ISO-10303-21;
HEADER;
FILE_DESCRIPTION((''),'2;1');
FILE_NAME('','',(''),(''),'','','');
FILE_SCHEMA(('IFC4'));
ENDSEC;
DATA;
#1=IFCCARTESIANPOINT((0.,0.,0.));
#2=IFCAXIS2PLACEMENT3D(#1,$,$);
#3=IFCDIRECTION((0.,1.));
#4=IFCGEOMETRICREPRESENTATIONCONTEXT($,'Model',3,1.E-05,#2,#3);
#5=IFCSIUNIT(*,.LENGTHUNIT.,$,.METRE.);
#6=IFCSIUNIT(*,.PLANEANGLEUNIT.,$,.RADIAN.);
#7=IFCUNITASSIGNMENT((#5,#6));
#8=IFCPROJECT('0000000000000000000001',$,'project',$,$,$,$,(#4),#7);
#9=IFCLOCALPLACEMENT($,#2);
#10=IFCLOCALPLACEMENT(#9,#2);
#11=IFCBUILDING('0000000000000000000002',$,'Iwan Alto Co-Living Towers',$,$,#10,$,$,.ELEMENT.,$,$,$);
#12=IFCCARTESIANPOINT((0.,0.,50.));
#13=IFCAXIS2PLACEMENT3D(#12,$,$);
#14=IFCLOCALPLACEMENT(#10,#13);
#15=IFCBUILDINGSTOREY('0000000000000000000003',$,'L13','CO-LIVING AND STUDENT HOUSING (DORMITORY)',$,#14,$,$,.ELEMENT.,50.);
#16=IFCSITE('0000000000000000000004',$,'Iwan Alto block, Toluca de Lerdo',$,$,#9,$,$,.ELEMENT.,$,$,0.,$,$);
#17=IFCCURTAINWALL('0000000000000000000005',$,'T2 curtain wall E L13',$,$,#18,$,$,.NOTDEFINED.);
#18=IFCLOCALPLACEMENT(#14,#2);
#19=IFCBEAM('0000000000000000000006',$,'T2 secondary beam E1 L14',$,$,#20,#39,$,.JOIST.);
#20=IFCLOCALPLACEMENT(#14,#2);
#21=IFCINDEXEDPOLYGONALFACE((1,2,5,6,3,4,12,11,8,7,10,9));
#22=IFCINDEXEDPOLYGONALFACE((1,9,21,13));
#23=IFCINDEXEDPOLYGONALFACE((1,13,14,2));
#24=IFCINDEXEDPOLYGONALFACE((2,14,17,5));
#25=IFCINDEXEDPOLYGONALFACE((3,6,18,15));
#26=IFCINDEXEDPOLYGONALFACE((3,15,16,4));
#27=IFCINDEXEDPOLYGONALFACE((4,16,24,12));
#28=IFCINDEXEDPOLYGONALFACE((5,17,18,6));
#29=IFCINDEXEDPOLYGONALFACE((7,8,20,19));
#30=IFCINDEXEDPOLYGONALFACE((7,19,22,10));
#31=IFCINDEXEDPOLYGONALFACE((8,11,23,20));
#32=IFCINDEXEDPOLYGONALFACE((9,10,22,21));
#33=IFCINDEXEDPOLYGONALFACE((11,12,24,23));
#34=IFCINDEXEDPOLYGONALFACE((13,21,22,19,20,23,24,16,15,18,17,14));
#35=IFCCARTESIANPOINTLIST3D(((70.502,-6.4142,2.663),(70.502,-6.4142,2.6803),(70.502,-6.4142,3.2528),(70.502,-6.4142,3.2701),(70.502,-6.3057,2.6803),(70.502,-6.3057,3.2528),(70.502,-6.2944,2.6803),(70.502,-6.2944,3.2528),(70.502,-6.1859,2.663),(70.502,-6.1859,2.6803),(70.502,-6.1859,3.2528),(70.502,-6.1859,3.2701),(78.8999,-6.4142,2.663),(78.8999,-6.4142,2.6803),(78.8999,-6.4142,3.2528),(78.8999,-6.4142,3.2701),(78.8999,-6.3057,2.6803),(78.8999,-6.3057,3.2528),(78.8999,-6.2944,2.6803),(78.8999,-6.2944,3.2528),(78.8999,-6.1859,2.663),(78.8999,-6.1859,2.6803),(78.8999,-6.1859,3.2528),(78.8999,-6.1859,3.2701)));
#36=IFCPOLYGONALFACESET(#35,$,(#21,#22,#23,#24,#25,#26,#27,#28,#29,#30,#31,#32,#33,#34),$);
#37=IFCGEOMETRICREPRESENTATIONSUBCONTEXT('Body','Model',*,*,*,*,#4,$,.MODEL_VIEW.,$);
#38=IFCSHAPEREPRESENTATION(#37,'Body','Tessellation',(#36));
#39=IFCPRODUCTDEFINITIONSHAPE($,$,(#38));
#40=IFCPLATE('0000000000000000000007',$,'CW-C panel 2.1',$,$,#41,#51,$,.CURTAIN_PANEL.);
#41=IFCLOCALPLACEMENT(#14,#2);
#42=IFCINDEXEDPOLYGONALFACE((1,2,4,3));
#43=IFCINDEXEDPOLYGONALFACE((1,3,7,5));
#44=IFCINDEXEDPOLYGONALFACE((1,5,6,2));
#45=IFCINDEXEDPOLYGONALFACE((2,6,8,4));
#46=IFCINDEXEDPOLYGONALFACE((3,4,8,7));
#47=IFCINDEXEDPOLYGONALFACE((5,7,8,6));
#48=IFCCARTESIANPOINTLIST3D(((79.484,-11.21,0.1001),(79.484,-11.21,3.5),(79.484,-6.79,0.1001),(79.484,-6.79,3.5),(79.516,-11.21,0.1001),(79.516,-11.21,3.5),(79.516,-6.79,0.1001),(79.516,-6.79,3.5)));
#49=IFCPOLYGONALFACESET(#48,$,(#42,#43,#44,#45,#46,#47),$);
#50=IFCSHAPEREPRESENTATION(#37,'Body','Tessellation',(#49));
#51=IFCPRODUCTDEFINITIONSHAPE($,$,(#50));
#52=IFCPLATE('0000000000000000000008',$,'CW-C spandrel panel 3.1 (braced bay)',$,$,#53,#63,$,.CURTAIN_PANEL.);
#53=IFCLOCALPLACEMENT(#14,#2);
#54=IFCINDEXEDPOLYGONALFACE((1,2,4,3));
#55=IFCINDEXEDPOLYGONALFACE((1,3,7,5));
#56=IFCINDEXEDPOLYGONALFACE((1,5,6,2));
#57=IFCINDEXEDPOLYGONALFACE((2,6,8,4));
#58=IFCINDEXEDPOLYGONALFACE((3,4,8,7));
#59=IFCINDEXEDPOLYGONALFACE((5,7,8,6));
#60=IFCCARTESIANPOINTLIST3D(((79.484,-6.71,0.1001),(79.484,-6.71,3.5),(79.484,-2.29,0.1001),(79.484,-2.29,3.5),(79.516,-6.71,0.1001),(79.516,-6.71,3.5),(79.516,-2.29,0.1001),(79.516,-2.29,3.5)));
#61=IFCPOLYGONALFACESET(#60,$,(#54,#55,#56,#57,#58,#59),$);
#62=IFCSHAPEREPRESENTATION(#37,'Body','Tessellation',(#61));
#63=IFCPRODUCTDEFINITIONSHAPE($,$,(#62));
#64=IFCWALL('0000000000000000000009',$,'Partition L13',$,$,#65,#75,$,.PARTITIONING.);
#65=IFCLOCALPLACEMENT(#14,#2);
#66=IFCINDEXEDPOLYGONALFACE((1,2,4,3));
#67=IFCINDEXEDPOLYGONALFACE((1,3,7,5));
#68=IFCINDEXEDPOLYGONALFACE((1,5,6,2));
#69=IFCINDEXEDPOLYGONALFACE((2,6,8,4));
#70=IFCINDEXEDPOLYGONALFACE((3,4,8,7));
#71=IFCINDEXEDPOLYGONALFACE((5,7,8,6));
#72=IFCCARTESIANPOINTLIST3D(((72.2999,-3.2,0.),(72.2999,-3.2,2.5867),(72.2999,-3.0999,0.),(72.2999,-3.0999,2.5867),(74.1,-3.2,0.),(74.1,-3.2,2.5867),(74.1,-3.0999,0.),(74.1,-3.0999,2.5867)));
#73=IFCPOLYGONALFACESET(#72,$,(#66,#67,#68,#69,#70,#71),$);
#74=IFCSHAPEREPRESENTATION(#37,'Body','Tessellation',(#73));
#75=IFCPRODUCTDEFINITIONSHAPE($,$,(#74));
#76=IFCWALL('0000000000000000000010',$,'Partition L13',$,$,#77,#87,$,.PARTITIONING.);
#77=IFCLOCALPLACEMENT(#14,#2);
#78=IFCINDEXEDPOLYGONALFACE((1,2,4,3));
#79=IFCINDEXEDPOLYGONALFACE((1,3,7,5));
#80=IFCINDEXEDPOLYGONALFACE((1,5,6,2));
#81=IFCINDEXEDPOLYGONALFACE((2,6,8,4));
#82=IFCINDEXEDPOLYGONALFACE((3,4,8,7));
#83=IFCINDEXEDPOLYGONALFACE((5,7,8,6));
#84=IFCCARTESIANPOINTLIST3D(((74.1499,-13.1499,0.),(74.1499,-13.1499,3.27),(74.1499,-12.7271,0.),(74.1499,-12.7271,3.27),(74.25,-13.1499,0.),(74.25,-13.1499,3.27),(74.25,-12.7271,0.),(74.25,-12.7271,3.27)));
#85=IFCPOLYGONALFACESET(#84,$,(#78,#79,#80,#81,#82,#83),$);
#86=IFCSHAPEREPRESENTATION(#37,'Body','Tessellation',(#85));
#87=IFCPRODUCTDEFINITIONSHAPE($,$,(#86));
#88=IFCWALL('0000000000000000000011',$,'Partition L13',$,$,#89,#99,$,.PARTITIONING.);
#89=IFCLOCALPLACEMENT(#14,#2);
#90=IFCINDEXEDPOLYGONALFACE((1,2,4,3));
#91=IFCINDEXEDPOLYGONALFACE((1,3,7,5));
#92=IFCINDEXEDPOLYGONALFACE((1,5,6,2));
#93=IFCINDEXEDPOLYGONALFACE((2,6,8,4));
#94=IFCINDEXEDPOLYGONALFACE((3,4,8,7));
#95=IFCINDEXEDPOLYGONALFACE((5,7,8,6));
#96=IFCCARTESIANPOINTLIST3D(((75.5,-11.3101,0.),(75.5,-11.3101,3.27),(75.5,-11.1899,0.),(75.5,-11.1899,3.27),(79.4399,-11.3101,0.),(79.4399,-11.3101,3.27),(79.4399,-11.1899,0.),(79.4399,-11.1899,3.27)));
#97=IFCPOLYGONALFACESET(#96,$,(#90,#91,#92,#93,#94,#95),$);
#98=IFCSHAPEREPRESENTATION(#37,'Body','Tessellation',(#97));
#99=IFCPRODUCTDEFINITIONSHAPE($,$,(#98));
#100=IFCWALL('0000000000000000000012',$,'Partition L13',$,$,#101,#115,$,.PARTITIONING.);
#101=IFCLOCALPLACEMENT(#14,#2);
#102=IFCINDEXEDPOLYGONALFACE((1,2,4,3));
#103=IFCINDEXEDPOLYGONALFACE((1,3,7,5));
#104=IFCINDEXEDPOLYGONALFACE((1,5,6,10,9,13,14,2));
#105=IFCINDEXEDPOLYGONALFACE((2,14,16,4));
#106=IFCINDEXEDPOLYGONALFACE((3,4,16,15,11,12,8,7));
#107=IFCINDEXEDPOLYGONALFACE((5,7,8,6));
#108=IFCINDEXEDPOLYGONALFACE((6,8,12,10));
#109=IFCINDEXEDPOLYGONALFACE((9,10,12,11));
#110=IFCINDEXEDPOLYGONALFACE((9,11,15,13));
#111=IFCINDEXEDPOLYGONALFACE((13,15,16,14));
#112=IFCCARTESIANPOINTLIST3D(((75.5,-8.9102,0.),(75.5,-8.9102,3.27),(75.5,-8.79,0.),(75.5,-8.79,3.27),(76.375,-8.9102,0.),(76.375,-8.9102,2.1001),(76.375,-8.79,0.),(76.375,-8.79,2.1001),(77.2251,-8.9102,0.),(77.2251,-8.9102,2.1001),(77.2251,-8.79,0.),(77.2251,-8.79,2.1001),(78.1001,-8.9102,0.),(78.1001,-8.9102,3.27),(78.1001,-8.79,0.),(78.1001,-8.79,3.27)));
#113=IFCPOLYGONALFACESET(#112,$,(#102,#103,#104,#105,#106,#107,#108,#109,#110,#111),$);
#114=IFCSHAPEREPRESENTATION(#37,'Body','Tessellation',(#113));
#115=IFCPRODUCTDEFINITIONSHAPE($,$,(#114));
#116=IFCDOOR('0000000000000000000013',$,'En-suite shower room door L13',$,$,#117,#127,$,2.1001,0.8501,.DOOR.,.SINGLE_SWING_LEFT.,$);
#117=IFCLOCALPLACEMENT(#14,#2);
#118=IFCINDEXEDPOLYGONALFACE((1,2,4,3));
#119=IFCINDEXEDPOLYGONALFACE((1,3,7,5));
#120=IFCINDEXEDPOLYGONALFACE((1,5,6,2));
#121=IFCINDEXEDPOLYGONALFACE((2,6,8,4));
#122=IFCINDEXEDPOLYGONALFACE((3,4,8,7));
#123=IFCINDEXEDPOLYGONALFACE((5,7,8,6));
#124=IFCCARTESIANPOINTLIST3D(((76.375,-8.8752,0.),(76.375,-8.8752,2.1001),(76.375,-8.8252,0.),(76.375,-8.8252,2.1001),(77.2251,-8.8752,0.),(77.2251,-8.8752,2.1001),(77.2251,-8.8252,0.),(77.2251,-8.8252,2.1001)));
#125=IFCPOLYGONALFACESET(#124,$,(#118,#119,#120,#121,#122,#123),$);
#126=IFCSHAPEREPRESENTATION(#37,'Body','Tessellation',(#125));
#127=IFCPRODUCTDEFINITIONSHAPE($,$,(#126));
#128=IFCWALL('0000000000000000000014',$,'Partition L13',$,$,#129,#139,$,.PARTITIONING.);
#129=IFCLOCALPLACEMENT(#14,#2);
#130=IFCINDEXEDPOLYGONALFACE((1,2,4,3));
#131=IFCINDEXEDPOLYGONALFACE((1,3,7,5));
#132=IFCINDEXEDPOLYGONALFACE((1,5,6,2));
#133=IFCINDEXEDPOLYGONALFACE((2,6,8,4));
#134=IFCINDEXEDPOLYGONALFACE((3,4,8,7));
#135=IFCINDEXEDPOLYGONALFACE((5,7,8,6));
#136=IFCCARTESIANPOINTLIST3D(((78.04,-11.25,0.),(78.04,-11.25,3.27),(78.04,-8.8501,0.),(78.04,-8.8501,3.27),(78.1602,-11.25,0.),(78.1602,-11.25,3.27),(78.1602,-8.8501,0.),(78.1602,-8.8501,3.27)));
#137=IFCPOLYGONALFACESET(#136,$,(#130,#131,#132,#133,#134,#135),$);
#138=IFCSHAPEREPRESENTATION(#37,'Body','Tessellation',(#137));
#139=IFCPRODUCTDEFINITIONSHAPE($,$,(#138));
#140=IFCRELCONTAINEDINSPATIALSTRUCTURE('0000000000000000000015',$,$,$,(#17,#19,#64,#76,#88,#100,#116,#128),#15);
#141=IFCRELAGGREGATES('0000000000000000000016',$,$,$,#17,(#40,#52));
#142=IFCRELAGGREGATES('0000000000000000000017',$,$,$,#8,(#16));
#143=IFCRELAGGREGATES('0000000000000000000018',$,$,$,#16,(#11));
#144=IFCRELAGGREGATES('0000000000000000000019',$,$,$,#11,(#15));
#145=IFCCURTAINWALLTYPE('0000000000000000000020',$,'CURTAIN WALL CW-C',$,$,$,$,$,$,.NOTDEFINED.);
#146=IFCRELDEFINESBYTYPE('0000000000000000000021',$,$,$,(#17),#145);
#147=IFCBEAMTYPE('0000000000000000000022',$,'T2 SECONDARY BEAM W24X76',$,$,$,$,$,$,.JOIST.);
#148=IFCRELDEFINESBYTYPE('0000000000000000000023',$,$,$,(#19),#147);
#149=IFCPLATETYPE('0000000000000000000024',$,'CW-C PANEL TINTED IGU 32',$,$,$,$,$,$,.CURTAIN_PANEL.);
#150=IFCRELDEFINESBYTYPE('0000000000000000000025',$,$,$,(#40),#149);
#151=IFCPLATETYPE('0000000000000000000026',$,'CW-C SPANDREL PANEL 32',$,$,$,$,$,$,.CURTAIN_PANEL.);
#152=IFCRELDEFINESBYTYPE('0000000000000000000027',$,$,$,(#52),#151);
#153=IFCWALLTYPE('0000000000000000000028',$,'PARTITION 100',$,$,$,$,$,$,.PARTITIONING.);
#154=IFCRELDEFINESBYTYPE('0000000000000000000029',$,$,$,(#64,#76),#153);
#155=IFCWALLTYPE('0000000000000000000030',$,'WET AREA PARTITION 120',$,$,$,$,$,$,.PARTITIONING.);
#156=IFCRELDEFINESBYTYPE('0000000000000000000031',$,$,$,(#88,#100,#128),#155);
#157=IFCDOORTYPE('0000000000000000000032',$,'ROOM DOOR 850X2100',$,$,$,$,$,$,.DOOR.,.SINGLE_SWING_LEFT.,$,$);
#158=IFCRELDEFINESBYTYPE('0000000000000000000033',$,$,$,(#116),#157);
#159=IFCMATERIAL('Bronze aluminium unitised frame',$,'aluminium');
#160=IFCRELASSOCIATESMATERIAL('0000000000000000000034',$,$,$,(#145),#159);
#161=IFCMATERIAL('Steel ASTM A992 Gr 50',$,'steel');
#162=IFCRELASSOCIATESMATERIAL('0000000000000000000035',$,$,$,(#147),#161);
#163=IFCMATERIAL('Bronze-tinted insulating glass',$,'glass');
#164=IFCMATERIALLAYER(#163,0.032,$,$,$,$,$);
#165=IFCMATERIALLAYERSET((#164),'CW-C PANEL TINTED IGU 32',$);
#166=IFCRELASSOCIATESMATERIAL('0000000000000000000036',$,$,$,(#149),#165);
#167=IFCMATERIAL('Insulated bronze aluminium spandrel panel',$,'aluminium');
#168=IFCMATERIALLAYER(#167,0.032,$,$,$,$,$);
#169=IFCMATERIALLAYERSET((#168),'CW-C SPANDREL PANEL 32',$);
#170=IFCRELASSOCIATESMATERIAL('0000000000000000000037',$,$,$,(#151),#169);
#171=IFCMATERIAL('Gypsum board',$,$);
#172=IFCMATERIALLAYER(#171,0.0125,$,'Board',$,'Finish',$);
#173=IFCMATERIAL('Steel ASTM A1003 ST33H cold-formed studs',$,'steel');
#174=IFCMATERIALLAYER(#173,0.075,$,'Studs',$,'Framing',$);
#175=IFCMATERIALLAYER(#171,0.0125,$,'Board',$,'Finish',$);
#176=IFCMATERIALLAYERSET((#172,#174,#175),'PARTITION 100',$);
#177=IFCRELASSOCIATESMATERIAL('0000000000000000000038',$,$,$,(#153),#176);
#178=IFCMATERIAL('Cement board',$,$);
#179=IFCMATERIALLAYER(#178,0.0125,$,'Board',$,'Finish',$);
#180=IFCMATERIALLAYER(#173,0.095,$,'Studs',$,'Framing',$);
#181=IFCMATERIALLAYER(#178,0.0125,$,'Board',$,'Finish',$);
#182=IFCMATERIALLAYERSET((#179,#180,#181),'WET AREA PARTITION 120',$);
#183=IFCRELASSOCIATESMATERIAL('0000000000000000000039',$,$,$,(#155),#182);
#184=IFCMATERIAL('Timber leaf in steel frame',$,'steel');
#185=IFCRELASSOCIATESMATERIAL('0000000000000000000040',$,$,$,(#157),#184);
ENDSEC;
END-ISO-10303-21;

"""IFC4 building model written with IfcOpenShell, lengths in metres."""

from ifc_helpers import new_model, si_unit, direction, frame, frame_2d, origin, origin_2d, place, context, subcontext, project, spatial, rectangle, i_section, extrude, material, layer, layer_set, material_profile, profile_set, type_object, element, fill, aggregate, save


model = new_model("IFC4")

# Units and contexts
model_context = context("Model", 3, precision=1e-05, world=origin(), true_north=direction((0.0, 1.0)))
body_context = subcontext(model_context, "Body", "Model", "MODEL_VIEW")
ifc_project = project(units=[si_unit("LENGTHUNIT", "METRE"), si_unit("PLANEANGLEUNIT", "RADIAN")], contexts=[model_context])

# Site, building, storey
site_placement = place(None, origin())
site = spatial("IfcSite", under=ifc_project, at=site_placement, Name="Iwan Alto block, Toluca de Lerdo", CompositionType="ELEMENT", RefElevation=0.0)
building_placement = place(site_placement, origin())
building = spatial("IfcBuilding", under=site, at=building_placement, Name="Iwan Alto Co-Living Towers", CompositionType="ELEMENT")
storey_placement = place(building_placement, frame((0.0, 0.0, 50.0)))
storey = spatial("IfcBuildingStorey", under=building, at=storey_placement, Name="L13", Description="CO-LIVING AND STUDENT HOUSING (DORMITORY)", CompositionType="ELEMENT", Elevation=50.0)

# Curtain wall
ifc_material_1 = material(Name="Bronze aluminium unitised frame", Category="aluminium")
curtain_wall_type = type_object("IfcCurtainWallType", Name="CURTAIN WALL CW-C", PredefinedType="NOTDEFINED", material=ifc_material_1)
curtain_wall_placement = place(storey_placement, origin())
curtain_wall = element("IfcCurtainWall", 1, at=curtain_wall_placement, inside=storey, type_object=curtain_wall_type, Name="T2 curtain wall E L13", PredefinedType="NOTDEFINED")

# Beam
ifc_material_2 = material(Name="Steel ASTM A992 Gr 50", Category="steel")
ifc_material_profile_1 = material_profile(ifc_material_2, i_section(OverallWidth=0.2283, OverallDepth=0.6072, WebThickness=0.0112, FlangeThickness=0.0173, at=origin_2d()), Name="W24X76")
ifc_profile_set_1 = profile_set([ifc_material_profile_1], Name="Steel ASTM A992 Gr 50")
beam_type_1 = type_object("IfcBeamType", Name="T2 SECONDARY BEAM W24X76", PredefinedType="JOIST", material=ifc_profile_set_1)
beam_1_placement = place(storey_placement, frame((78.8999, -6.3, 2.9666), z_axis=(-1.0, 0.0, 0.0), x_axis=(0.0, -1.0, 0.0)))
element("IfcBeam", 2, at=beam_1_placement, inside=storey, type_object=beam_type_1, Name="T2 secondary beam E1 L14", PredefinedType="JOIST", context=body_context, shape_type="SweptSolid", body=[
    extrude(i_section(OverallWidth=0.2283, OverallDepth=0.6072, WebThickness=0.0112, FlangeThickness=0.0173, at=origin_2d()), origin(), (0.0, 0.0, 1.0), 8.3979),
])

# Plates
ifc_material_3 = material(Name="Bronze-tinted insulating glass", Category="glass")
ifc_layer_1 = layer(ifc_material_3, 0.032)
ifc_layer_set_1 = layer_set([ifc_layer_1], Name="CW-C PANEL TINTED IGU 32")
plate_type_1 = type_object("IfcPlateType", Name="CW-C PANEL TINTED IGU 32", PredefinedType="CURTAIN_PANEL", material=ifc_layer_set_1)
plate_1_placement = place(storey_placement, frame((79.5, -9.0, 0.1001), z_axis=(0.0, 0.0, 1.0), x_axis=(0.0, 1.0, 0.0)))
plate_1 = element("IfcPlate", 3, at=plate_1_placement, type_object=plate_type_1, Name="CW-C panel 2.1", PredefinedType="CURTAIN_PANEL", context=body_context, shape_type="SweptSolid", body=[
    extrude(rectangle(XDim=4.4199, YDim=0.032, at=origin_2d()), origin(), (0.0, 0.0, 1.0), 3.3999),
])
ifc_material_4 = material(Name="Insulated bronze aluminium spandrel panel", Category="aluminium")
ifc_layer_2 = layer(ifc_material_4, 0.032)
ifc_layer_set_2 = layer_set([ifc_layer_2], Name="CW-C SPANDREL PANEL 32")
plate_type_2 = type_object("IfcPlateType", Name="CW-C SPANDREL PANEL 32", PredefinedType="CURTAIN_PANEL", material=ifc_layer_set_2)
plate_2_placement = place(storey_placement, frame((79.5, -4.5, 0.1001), z_axis=(0.0, 0.0, 1.0), x_axis=(0.0, 1.0, 0.0)))
plate_2 = element("IfcPlate", 4, at=plate_2_placement, type_object=plate_type_2, Name="CW-C spandrel panel 3.1 (braced bay)", PredefinedType="CURTAIN_PANEL", context=body_context, shape_type="SweptSolid", body=[
    extrude(rectangle(XDim=4.4199, YDim=0.032, at=origin_2d()), origin(), (0.0, 0.0, 1.0), 3.3999),
])
aggregate(curtain_wall, [plate_1, plate_2])

# Walls
ifc_material_5 = material(Name="Gypsum board")
ifc_layer_3 = layer(ifc_material_5, 0.0125, Name="Board", Category="Finish")
ifc_material_6 = material(Name="Steel ASTM A1003 ST33H cold-formed studs", Category="steel")
ifc_layer_4 = layer(ifc_material_6, 0.075, Name="Studs", Category="Framing")
ifc_layer_5 = layer(ifc_material_5, 0.0125, Name="Board", Category="Finish")
ifc_layer_set_3 = layer_set([ifc_layer_3, ifc_layer_4, ifc_layer_5], Name="PARTITION 100")
wall_type_1 = type_object("IfcWallType", Name="PARTITION 100", PredefinedType="PARTITIONING", material=ifc_layer_set_3)
wall_1_placement = place(storey_placement, frame((72.3, -3.1499, 0.0), z_axis=(0.0, 0.0, 1.0), x_axis=(1.0, 0.0, 0.0)))
element("IfcWall", 5, at=wall_1_placement, inside=storey, type_object=wall_type_1, Name="Partition L13", PredefinedType="PARTITIONING", context=body_context, shape_type="SweptSolid", body=[
    extrude(rectangle(XDim=1.8, YDim=0.1001, at=frame_2d((0.8999, 0.0))), origin(), (0.0, 0.0, 1.0), 2.5867),
])
wall_2_placement = place(storey_placement, frame((74.2, -13.1499, 0.0), z_axis=(0.0, 0.0, 1.0), x_axis=(0.0, 1.0, 0.0)))
element("IfcWall", 6, at=wall_2_placement, inside=storey, type_object=wall_type_1, Name="Partition L13", PredefinedType="PARTITIONING", context=body_context, shape_type="SweptSolid", body=[
    extrude(rectangle(XDim=0.4229, YDim=0.1001, at=frame_2d((0.2114, 0.0))), origin(), (0.0, 0.0, 1.0), 3.27),
])
ifc_material_7 = material(Name="Cement board")
ifc_layer_6 = layer(ifc_material_7, 0.0125, Name="Board", Category="Finish")
ifc_layer_7 = layer(ifc_material_6, 0.095, Name="Studs", Category="Framing")
ifc_layer_8 = layer(ifc_material_7, 0.0125, Name="Board", Category="Finish")
ifc_layer_set_4 = layer_set([ifc_layer_6, ifc_layer_7, ifc_layer_8], Name="WET AREA PARTITION 120")
wall_type_2 = type_object("IfcWallType", Name="WET AREA PARTITION 120", PredefinedType="PARTITIONING", material=ifc_layer_set_4)
wall_3_placement = place(storey_placement, frame((75.5, -11.25, 0.0), z_axis=(0.0, 0.0, 1.0), x_axis=(1.0, 0.0, 0.0)))
element("IfcWall", 7, at=wall_3_placement, inside=storey, type_object=wall_type_2, Name="Partition L13", PredefinedType="PARTITIONING", context=body_context, shape_type="SweptSolid", body=[
    extrude(rectangle(XDim=3.9399, YDim=0.1201, at=frame_2d((1.97, 0.0))), origin(), (0.0, 0.0, 1.0), 3.27),
])

# Wall, opening, door
wall_4_placement = place(storey_placement, frame((75.5, -8.8501, 0.0), z_axis=(0.0, 0.0, 1.0), x_axis=(1.0, 0.0, 0.0)))
wall_4 = element("IfcWall", 8, at=wall_4_placement, inside=storey, type_object=wall_type_2, Name="Partition L13", PredefinedType="PARTITIONING", context=body_context, shape_type="SweptSolid", body=[
    extrude(rectangle(XDim=2.6001, YDim=0.1201, at=frame_2d((1.3, 0.0))), origin(), (0.0, 0.0, 1.0), 3.27),
])
opening_1_placement = place(wall_4_placement, frame((0.875, 0.0, 0.0)))
opening_1 = element("IfcOpeningElement", 9, at=opening_1_placement, cuts=wall_4, PredefinedType="OPENING", context=body_context, shape_type="SweptSolid", body=[
    extrude(rectangle(XDim=0.8501, YDim=2.1001, at=frame_2d((0.425, 1.05))), frame((0.0, 0.0701, 0.0), z_axis=(0.0, -1.0, 0.0), x_axis=(1.0, 0.0, 0.0)), (0.0, 0.0, 1.0), 0.1401),
])
ifc_material_8 = material(Name="Timber leaf in steel frame", Category="steel")
door_type = type_object("IfcDoorType", Name="ROOM DOOR 850X2100", OperationType="SINGLE_SWING_LEFT", PredefinedType="DOOR", material=ifc_material_8)
door_1_placement = place(opening_1_placement, origin())
door_1 = element("IfcDoor", 10, at=door_1_placement, inside=storey, type_object=door_type, Name="En-suite shower room door L13", OperationType="SINGLE_SWING_LEFT", OverallHeight=2.1001, OverallWidth=0.8501, PredefinedType="DOOR", context=body_context, shape_type="SweptSolid", body=[
    extrude(rectangle(XDim=0.8501, YDim=2.1001, at=frame_2d((0.425, 1.05))), frame((0.0, 0.0249, 0.0), z_axis=(0.0, -1.0, 0.0), x_axis=(1.0, 0.0, 0.0)), (0.0, 0.0, 1.0), 0.05),
])
fill(opening_1, door_1)

# Wall
wall_5_placement = place(storey_placement, frame((78.1001, -11.25, 0.0), z_axis=(0.0, 0.0, 1.0), x_axis=(0.0, 1.0, 0.0)))
element("IfcWall", 11, at=wall_5_placement, inside=storey, type_object=wall_type_2, Name="Partition L13", PredefinedType="PARTITIONING", context=body_context, shape_type="SweptSolid", body=[
    extrude(rectangle(XDim=2.3999, YDim=0.1201, at=frame_2d((1.2, 0.0))), origin(), (0.0, 0.0, 1.0), 3.27),
])

save(model, "model.ifc")
